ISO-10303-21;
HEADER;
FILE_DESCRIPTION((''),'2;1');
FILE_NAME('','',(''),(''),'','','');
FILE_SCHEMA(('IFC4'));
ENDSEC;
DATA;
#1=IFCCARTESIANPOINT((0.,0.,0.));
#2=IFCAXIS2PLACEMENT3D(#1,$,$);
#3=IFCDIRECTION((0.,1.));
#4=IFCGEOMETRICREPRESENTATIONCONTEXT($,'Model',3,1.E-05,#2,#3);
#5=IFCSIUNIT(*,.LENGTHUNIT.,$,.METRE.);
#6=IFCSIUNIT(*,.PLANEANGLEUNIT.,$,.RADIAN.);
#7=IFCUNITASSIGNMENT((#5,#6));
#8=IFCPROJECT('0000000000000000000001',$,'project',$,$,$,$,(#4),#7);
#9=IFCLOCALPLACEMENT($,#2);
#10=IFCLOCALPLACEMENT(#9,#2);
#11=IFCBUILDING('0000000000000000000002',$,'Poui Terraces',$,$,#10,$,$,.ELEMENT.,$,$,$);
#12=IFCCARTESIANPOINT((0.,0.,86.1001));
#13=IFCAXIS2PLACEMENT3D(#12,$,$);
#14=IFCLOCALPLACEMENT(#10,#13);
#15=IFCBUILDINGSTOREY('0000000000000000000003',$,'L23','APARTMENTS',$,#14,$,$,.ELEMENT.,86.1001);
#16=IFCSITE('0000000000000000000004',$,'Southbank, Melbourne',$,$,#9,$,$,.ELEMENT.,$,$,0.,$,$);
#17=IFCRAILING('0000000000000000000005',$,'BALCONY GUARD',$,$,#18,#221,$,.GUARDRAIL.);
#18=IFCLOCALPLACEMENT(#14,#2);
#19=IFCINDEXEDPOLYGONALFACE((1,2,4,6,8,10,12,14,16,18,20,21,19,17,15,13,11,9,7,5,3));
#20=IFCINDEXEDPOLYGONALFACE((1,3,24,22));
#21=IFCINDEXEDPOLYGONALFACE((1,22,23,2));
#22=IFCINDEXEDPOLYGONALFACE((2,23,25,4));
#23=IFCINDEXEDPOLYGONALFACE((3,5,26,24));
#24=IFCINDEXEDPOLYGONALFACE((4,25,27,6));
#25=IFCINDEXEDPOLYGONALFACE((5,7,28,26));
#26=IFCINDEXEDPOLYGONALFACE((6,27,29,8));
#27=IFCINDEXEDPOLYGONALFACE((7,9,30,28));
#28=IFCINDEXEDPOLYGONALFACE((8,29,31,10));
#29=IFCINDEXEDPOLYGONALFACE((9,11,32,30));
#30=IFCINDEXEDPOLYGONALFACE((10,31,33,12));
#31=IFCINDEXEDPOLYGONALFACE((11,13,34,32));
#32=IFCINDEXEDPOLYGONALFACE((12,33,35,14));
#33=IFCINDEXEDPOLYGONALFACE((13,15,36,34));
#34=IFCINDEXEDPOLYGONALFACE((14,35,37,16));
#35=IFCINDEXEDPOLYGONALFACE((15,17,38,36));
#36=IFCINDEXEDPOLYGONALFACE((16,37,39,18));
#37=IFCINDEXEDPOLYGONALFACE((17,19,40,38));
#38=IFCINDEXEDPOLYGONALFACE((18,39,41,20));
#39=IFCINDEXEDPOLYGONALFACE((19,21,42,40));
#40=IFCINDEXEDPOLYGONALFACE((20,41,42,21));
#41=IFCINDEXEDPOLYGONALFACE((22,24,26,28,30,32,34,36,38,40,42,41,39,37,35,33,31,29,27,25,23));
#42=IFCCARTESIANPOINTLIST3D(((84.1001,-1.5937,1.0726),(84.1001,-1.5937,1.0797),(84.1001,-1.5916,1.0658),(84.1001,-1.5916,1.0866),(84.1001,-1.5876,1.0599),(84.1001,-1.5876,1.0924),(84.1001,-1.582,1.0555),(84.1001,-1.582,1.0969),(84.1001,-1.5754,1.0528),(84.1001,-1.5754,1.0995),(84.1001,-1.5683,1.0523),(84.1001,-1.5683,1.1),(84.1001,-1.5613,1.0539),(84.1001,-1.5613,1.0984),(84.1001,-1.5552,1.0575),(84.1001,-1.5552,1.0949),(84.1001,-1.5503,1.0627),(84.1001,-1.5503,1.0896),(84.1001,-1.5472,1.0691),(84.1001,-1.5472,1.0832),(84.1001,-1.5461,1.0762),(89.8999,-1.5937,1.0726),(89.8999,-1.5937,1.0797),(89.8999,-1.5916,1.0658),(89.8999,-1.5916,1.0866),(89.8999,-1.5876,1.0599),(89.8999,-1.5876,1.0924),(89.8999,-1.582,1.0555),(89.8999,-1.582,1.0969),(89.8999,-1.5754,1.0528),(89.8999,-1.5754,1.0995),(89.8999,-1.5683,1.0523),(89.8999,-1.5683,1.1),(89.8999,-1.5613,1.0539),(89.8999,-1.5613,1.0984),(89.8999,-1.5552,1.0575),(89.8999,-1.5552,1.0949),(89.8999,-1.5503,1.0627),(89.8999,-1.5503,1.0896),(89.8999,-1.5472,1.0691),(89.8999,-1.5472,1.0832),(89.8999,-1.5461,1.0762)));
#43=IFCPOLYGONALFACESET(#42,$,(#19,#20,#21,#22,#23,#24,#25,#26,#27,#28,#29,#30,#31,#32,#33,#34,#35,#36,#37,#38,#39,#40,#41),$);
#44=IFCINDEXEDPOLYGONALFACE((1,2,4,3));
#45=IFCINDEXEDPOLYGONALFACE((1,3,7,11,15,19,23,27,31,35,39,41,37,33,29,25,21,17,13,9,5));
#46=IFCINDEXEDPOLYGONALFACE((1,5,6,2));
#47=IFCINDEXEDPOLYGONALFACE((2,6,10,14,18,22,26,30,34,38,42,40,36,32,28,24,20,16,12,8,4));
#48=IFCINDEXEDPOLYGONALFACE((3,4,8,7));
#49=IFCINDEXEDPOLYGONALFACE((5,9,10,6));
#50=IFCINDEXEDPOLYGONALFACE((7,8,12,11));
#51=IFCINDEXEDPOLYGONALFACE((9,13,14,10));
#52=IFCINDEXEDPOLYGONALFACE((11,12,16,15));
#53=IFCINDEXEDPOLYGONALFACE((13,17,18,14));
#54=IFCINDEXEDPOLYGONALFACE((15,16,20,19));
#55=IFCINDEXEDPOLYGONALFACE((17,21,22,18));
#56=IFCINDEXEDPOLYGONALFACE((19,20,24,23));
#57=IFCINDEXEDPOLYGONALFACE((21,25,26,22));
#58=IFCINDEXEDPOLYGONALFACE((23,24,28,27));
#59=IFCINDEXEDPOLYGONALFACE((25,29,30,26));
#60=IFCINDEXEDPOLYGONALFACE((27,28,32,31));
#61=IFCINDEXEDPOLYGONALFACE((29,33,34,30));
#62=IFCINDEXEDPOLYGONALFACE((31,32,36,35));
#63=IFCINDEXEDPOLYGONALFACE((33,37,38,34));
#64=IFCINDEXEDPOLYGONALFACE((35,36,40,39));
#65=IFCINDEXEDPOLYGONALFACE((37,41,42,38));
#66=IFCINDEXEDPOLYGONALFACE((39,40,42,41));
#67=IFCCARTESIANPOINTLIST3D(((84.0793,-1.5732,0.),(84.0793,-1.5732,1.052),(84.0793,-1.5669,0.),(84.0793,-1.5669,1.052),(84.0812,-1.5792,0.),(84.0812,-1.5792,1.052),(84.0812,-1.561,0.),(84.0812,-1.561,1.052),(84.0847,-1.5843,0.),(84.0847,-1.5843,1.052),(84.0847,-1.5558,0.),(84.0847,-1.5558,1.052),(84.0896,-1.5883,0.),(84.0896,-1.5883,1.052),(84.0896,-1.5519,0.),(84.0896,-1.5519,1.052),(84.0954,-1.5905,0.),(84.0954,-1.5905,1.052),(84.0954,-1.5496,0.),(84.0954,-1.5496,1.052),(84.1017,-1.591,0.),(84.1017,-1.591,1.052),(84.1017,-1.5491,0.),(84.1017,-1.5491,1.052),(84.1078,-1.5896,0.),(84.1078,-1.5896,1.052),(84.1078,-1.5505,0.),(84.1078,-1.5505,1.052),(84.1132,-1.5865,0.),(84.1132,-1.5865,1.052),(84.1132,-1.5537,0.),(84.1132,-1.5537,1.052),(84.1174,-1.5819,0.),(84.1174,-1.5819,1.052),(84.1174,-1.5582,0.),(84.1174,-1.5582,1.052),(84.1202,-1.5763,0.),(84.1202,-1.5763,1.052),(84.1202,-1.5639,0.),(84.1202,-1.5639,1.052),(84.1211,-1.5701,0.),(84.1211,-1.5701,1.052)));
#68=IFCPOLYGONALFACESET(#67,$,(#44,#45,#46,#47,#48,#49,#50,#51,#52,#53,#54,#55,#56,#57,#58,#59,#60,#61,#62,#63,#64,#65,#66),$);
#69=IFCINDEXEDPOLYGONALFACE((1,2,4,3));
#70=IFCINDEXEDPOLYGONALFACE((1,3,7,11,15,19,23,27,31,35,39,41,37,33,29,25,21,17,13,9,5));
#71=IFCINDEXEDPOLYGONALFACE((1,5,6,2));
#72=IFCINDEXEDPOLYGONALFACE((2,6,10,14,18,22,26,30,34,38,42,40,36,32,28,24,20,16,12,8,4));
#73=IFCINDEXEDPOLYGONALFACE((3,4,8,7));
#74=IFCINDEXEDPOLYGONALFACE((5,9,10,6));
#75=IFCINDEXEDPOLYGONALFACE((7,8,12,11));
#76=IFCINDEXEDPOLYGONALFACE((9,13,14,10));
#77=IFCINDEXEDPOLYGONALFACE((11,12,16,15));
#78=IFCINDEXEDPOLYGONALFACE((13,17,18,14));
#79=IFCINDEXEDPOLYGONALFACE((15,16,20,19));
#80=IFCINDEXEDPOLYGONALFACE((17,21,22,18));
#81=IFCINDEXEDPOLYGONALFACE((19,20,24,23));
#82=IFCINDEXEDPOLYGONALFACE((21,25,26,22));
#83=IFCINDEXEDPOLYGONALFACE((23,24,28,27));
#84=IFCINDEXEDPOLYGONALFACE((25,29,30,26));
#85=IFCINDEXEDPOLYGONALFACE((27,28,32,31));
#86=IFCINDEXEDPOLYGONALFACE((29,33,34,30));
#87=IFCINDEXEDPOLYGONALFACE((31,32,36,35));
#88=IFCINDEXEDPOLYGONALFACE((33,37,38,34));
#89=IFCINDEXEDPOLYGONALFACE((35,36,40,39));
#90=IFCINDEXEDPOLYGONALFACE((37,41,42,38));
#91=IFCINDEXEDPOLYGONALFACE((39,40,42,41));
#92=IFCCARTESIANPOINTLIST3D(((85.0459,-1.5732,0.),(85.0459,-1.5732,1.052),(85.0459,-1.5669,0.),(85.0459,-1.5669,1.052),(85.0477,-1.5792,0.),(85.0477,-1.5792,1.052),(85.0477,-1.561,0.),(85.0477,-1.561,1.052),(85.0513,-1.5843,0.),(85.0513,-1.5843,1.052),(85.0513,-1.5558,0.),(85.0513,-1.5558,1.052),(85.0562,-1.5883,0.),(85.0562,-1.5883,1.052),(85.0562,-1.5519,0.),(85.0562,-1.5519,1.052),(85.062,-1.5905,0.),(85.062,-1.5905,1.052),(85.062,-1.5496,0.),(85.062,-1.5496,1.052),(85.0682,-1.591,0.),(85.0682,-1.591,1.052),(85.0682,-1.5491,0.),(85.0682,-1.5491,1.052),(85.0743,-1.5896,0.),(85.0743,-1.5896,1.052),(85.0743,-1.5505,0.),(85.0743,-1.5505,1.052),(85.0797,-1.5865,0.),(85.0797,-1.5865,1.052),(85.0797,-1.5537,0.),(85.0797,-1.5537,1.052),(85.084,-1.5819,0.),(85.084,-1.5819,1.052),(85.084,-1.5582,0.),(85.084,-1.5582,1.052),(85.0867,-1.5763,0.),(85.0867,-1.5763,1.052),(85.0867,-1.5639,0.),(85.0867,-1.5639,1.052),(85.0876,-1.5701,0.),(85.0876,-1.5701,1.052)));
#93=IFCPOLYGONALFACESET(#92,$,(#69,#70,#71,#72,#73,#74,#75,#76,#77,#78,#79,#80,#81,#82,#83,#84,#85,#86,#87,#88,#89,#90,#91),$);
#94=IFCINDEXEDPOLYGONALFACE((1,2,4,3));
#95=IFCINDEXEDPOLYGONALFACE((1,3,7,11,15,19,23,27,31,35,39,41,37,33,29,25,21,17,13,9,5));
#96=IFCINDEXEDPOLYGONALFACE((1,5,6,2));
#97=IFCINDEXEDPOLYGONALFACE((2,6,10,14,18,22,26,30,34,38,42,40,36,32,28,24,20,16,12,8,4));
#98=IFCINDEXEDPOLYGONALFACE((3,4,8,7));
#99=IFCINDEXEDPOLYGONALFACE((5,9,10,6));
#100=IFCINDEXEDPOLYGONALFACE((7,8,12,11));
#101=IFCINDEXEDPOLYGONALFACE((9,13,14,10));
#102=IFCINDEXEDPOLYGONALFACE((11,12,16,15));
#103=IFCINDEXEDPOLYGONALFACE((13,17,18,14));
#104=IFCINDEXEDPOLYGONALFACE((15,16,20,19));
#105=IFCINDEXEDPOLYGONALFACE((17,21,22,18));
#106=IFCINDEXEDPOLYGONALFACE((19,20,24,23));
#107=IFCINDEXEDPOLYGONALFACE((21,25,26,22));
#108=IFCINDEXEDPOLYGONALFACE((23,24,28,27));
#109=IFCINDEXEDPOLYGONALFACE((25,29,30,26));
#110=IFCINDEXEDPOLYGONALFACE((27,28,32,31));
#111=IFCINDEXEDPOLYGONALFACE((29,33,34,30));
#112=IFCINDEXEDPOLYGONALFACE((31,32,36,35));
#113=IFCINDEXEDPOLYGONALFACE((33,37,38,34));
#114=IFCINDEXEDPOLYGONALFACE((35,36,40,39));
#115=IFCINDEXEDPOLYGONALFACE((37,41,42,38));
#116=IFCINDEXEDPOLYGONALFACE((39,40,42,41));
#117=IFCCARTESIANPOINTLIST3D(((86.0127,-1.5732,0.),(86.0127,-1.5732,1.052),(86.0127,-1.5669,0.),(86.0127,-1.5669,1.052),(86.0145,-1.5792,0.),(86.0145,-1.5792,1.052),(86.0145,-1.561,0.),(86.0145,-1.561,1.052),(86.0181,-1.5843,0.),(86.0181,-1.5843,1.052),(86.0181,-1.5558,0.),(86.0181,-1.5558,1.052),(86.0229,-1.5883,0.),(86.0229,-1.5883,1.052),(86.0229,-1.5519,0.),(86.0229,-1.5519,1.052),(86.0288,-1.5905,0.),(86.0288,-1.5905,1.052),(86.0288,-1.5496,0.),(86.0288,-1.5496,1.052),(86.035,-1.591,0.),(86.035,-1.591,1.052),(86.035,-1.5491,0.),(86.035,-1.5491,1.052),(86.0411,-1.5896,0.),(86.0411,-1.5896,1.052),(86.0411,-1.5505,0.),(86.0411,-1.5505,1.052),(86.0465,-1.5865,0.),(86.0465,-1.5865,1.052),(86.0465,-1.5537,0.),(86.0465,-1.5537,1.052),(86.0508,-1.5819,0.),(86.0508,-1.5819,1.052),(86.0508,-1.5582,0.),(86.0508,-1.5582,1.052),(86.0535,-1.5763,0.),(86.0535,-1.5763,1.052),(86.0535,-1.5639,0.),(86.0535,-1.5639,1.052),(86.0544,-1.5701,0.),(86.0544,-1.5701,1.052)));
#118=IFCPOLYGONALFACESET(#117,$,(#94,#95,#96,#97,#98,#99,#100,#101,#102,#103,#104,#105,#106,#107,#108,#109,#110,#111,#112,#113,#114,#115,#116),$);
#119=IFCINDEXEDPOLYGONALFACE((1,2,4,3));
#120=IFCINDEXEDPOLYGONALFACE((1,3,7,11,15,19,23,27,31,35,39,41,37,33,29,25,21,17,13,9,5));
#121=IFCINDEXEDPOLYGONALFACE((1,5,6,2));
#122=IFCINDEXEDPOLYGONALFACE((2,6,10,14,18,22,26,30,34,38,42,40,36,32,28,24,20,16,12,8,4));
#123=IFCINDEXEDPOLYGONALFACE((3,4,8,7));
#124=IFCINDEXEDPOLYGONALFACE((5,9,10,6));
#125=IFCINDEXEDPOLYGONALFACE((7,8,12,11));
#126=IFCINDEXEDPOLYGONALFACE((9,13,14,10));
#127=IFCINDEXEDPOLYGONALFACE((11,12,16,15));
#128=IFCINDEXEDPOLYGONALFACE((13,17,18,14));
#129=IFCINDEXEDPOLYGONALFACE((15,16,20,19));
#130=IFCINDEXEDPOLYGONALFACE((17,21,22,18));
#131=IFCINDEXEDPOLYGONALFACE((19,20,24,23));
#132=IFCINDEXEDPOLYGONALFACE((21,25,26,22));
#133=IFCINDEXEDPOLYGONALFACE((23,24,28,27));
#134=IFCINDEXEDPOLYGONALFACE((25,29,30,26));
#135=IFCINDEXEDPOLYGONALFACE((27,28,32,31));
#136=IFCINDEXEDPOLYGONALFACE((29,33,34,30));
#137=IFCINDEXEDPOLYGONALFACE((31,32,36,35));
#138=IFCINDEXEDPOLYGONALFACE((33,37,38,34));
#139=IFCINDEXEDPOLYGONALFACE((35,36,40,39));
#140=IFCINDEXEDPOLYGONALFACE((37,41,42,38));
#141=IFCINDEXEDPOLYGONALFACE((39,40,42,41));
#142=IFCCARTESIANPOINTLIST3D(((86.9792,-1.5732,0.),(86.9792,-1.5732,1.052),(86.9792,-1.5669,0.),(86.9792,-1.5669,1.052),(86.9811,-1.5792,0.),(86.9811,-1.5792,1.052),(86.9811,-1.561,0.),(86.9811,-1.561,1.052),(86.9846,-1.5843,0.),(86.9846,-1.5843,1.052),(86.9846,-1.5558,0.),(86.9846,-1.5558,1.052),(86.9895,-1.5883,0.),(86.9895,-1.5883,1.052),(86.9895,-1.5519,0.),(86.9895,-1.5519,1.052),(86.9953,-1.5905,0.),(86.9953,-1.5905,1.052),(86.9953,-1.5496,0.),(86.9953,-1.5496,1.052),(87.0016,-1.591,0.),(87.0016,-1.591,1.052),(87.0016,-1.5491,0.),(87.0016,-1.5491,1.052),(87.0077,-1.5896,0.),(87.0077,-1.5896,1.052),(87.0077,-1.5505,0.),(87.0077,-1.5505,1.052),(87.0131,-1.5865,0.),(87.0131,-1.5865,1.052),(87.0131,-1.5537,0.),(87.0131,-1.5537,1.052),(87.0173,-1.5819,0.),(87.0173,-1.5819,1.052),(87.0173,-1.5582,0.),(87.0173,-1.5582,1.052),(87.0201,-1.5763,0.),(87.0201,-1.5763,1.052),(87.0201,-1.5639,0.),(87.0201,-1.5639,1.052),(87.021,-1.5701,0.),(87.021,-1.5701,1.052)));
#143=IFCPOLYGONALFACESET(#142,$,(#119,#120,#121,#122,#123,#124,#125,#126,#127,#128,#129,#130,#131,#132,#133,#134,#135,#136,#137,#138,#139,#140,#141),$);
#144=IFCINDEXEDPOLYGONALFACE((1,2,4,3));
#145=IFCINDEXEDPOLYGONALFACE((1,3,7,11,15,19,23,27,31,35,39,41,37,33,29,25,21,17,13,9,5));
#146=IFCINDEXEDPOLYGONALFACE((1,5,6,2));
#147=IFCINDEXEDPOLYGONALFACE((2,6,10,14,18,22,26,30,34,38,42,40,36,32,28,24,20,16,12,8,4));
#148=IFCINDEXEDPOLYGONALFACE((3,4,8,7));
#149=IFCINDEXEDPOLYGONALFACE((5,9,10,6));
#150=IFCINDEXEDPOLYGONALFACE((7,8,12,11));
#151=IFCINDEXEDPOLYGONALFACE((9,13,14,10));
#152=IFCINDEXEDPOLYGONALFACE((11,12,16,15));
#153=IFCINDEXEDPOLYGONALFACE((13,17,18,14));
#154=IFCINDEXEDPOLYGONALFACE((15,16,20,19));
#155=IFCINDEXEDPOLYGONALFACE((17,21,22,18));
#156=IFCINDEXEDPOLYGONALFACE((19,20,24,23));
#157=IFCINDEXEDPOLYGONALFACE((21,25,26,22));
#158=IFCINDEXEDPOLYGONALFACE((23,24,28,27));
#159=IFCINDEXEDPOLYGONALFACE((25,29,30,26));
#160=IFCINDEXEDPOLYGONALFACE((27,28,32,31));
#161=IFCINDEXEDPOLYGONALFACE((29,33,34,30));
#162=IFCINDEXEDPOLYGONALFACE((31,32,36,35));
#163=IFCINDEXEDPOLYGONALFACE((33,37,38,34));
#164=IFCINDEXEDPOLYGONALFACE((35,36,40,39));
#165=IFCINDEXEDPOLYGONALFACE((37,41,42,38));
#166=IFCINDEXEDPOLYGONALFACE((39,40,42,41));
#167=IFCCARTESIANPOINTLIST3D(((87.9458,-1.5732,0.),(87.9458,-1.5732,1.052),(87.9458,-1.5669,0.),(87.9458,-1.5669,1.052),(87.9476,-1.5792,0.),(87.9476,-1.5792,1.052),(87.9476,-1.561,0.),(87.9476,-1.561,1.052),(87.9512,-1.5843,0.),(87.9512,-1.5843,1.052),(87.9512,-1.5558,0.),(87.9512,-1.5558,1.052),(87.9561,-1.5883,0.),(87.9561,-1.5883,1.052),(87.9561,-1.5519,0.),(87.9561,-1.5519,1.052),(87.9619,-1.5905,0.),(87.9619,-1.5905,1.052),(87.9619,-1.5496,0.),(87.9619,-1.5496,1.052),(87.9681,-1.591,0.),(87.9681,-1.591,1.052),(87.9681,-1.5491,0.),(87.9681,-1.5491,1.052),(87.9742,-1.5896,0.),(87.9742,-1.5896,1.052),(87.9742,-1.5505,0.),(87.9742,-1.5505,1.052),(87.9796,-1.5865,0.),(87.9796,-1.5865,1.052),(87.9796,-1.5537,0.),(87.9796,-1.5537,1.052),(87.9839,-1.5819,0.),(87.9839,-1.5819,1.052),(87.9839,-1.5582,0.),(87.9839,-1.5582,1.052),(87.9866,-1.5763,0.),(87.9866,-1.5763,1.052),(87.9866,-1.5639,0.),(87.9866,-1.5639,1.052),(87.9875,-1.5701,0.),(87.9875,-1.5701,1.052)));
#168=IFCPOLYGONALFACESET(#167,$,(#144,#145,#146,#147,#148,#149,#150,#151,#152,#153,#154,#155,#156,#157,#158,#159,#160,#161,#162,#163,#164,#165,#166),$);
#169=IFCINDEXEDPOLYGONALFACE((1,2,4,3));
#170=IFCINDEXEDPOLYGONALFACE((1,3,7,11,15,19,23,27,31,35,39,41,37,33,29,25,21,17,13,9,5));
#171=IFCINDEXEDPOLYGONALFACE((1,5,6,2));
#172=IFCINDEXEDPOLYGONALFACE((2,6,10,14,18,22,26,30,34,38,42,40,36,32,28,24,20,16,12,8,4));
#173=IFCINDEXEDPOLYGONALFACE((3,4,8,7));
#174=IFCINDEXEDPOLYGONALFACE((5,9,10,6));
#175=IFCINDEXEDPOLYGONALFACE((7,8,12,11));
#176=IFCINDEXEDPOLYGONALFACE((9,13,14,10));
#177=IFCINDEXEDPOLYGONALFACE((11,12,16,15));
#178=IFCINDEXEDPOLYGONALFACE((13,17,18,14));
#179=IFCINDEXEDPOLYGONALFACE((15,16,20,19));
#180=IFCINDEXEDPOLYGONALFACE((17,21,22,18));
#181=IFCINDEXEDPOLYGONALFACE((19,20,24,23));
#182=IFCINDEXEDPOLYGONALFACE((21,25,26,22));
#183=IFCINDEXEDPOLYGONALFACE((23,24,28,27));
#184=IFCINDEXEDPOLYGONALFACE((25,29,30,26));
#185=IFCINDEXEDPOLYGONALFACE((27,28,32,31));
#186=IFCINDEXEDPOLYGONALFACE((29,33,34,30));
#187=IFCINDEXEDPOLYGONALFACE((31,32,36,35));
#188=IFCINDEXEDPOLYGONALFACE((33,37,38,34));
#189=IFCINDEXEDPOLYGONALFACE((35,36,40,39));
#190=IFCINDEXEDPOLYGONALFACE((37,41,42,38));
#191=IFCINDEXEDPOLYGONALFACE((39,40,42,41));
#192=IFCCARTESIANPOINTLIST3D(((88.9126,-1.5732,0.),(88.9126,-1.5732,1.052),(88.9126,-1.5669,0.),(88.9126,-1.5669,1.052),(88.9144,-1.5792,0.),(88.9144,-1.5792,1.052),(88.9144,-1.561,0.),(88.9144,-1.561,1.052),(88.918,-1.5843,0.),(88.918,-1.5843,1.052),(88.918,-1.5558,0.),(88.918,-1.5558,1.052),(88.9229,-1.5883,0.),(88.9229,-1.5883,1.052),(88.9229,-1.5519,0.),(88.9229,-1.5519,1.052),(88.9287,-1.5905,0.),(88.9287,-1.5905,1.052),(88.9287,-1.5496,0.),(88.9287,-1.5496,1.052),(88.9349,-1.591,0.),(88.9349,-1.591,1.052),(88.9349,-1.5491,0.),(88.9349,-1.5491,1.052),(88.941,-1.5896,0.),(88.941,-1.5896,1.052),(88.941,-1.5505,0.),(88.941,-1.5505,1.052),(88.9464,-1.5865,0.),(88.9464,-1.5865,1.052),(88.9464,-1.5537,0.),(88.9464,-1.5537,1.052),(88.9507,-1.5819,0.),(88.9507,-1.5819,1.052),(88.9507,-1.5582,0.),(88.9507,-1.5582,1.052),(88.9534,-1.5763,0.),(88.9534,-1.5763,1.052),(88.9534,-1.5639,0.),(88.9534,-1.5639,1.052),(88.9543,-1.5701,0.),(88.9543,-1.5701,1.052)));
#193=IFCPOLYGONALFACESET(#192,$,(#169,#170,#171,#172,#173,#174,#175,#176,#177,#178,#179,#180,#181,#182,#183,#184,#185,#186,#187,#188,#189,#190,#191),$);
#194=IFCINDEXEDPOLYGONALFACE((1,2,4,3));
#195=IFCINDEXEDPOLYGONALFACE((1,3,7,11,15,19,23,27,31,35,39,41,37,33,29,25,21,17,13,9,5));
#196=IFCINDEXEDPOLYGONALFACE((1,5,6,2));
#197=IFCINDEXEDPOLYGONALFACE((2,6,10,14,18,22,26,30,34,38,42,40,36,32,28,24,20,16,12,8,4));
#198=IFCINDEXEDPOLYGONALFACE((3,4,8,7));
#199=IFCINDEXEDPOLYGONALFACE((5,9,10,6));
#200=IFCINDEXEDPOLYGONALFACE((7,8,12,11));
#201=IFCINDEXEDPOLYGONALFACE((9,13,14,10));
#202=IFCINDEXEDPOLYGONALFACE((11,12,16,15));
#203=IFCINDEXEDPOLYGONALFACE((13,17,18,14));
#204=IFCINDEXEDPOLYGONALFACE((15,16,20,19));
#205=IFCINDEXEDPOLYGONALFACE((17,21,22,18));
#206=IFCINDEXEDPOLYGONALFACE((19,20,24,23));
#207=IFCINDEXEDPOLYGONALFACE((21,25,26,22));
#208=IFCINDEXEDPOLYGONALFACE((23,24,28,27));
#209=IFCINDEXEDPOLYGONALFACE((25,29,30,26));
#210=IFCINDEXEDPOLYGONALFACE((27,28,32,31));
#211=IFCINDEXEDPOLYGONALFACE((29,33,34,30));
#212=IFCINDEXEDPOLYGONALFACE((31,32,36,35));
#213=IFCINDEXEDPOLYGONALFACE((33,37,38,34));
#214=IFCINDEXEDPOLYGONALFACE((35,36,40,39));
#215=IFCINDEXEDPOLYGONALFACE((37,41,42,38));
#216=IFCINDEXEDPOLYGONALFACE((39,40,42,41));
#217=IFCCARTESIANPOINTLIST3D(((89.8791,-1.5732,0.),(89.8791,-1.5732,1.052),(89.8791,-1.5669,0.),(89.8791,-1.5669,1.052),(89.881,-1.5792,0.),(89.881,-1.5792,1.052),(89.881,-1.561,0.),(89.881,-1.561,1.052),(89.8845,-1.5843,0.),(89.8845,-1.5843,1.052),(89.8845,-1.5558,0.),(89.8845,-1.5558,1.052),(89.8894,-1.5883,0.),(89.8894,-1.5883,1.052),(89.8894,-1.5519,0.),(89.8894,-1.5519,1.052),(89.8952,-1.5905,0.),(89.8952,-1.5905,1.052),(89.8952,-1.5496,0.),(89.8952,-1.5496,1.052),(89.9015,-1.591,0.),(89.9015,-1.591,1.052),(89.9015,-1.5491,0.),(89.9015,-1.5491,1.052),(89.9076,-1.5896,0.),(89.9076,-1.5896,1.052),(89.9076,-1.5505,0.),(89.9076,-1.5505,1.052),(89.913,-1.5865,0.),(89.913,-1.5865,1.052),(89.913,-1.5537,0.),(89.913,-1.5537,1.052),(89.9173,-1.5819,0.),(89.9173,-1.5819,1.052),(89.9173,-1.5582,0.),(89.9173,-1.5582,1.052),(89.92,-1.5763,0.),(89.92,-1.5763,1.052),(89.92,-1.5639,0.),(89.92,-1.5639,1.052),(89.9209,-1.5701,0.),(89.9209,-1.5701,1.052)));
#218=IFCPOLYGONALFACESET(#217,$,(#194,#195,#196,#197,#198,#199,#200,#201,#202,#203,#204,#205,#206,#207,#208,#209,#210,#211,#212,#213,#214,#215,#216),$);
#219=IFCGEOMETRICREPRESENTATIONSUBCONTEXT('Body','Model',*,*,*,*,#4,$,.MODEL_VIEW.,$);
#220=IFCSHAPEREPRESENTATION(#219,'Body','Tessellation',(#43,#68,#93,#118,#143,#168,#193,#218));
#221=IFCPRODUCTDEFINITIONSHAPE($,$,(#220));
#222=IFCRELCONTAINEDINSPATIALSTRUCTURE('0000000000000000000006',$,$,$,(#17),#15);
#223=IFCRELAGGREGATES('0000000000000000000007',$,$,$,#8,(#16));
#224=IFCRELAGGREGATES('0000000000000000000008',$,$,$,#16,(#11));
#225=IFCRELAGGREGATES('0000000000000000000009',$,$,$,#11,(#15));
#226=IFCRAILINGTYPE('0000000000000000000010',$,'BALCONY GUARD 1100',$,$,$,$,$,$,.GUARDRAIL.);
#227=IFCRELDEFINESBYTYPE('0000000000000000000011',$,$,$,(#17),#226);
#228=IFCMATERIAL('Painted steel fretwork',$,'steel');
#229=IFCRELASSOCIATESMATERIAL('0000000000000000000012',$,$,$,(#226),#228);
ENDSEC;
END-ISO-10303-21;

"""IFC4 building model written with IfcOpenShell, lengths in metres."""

from ifc_helpers import new_model, si_unit, direction, frame, origin, origin_2d, place, context, subcontext, project, spatial, circle, extrude, material, type_object, element, save


model = new_model("IFC4")

# Units and contexts
model_context = context("Model", 3, precision=1e-05, world=origin(), true_north=direction((0.0, 1.0)))
body_context = subcontext(model_context, "Body", "Model", "MODEL_VIEW")
ifc_project = project(units=[si_unit("LENGTHUNIT", "METRE"), si_unit("PLANEANGLEUNIT", "RADIAN")], contexts=[model_context])

# Site, building, storey
site_placement = place(None, origin())
site = spatial("IfcSite", under=ifc_project, at=site_placement, Name="Southbank, Melbourne", CompositionType="ELEMENT", RefElevation=0.0)
building_placement = place(site_placement, origin())
building = spatial("IfcBuilding", under=site, at=building_placement, Name="Poui Terraces", CompositionType="ELEMENT")
storey_placement = place(building_placement, frame((0.0, 0.0, 86.1001)))
storey = spatial("IfcBuildingStorey", under=building, at=storey_placement, Name="L23", Description="APARTMENTS", CompositionType="ELEMENT", Elevation=86.1001)

# Railing
ifc_material_1 = material(Name="Painted steel fretwork", Category="steel")
railing_type = type_object("IfcRailingType", Name="BALCONY GUARD 1100", PredefinedType="GUARDRAIL", material=ifc_material_1)
railing_placement = place(storey_placement, frame((84.1001, -1.5701, 0.0)))
element("IfcRailing", 1, at=railing_placement, inside=storey, type_object=railing_type, Name="BALCONY GUARD", PredefinedType="GUARDRAIL", context=body_context, shape_type="SweptSolid", body=[
    extrude(circle(Radius=0.0239, at=origin_2d()), frame((0.0, 0.0, 1.0762), z_axis=(1.0, 0.0, 0.0), x_axis=(0.0, 1.0, 0.0)), (0.0, 0.0, 1.0), 5.7998),
    extrude(circle(Radius=0.021, at=origin_2d()), origin(), (0.0, 0.0, 1.0), 1.052),
    extrude(circle(Radius=0.021, at=origin_2d()), frame((0.9666, 0.0, 0.0)), (0.0, 0.0, 1.0), 1.052),
    extrude(circle(Radius=0.021, at=origin_2d()), frame((1.9333, 0.0, 0.0)), (0.0, 0.0, 1.0), 1.052),
    extrude(circle(Radius=0.021, at=origin_2d()), frame((2.8999, 0.0, 0.0)), (0.0, 0.0, 1.0), 1.052),
    extrude(circle(Radius=0.021, at=origin_2d()), frame((3.8665, 0.0, 0.0)), (0.0, 0.0, 1.0), 1.052),
    extrude(circle(Radius=0.021, at=origin_2d()), frame((4.8333, 0.0, 0.0)), (0.0, 0.0, 1.0), 1.052),
    extrude(circle(Radius=0.021, at=origin_2d()), frame((5.7998, 0.0, 0.0)), (0.0, 0.0, 1.0), 1.052),
])

save(model, "model.ifc")
